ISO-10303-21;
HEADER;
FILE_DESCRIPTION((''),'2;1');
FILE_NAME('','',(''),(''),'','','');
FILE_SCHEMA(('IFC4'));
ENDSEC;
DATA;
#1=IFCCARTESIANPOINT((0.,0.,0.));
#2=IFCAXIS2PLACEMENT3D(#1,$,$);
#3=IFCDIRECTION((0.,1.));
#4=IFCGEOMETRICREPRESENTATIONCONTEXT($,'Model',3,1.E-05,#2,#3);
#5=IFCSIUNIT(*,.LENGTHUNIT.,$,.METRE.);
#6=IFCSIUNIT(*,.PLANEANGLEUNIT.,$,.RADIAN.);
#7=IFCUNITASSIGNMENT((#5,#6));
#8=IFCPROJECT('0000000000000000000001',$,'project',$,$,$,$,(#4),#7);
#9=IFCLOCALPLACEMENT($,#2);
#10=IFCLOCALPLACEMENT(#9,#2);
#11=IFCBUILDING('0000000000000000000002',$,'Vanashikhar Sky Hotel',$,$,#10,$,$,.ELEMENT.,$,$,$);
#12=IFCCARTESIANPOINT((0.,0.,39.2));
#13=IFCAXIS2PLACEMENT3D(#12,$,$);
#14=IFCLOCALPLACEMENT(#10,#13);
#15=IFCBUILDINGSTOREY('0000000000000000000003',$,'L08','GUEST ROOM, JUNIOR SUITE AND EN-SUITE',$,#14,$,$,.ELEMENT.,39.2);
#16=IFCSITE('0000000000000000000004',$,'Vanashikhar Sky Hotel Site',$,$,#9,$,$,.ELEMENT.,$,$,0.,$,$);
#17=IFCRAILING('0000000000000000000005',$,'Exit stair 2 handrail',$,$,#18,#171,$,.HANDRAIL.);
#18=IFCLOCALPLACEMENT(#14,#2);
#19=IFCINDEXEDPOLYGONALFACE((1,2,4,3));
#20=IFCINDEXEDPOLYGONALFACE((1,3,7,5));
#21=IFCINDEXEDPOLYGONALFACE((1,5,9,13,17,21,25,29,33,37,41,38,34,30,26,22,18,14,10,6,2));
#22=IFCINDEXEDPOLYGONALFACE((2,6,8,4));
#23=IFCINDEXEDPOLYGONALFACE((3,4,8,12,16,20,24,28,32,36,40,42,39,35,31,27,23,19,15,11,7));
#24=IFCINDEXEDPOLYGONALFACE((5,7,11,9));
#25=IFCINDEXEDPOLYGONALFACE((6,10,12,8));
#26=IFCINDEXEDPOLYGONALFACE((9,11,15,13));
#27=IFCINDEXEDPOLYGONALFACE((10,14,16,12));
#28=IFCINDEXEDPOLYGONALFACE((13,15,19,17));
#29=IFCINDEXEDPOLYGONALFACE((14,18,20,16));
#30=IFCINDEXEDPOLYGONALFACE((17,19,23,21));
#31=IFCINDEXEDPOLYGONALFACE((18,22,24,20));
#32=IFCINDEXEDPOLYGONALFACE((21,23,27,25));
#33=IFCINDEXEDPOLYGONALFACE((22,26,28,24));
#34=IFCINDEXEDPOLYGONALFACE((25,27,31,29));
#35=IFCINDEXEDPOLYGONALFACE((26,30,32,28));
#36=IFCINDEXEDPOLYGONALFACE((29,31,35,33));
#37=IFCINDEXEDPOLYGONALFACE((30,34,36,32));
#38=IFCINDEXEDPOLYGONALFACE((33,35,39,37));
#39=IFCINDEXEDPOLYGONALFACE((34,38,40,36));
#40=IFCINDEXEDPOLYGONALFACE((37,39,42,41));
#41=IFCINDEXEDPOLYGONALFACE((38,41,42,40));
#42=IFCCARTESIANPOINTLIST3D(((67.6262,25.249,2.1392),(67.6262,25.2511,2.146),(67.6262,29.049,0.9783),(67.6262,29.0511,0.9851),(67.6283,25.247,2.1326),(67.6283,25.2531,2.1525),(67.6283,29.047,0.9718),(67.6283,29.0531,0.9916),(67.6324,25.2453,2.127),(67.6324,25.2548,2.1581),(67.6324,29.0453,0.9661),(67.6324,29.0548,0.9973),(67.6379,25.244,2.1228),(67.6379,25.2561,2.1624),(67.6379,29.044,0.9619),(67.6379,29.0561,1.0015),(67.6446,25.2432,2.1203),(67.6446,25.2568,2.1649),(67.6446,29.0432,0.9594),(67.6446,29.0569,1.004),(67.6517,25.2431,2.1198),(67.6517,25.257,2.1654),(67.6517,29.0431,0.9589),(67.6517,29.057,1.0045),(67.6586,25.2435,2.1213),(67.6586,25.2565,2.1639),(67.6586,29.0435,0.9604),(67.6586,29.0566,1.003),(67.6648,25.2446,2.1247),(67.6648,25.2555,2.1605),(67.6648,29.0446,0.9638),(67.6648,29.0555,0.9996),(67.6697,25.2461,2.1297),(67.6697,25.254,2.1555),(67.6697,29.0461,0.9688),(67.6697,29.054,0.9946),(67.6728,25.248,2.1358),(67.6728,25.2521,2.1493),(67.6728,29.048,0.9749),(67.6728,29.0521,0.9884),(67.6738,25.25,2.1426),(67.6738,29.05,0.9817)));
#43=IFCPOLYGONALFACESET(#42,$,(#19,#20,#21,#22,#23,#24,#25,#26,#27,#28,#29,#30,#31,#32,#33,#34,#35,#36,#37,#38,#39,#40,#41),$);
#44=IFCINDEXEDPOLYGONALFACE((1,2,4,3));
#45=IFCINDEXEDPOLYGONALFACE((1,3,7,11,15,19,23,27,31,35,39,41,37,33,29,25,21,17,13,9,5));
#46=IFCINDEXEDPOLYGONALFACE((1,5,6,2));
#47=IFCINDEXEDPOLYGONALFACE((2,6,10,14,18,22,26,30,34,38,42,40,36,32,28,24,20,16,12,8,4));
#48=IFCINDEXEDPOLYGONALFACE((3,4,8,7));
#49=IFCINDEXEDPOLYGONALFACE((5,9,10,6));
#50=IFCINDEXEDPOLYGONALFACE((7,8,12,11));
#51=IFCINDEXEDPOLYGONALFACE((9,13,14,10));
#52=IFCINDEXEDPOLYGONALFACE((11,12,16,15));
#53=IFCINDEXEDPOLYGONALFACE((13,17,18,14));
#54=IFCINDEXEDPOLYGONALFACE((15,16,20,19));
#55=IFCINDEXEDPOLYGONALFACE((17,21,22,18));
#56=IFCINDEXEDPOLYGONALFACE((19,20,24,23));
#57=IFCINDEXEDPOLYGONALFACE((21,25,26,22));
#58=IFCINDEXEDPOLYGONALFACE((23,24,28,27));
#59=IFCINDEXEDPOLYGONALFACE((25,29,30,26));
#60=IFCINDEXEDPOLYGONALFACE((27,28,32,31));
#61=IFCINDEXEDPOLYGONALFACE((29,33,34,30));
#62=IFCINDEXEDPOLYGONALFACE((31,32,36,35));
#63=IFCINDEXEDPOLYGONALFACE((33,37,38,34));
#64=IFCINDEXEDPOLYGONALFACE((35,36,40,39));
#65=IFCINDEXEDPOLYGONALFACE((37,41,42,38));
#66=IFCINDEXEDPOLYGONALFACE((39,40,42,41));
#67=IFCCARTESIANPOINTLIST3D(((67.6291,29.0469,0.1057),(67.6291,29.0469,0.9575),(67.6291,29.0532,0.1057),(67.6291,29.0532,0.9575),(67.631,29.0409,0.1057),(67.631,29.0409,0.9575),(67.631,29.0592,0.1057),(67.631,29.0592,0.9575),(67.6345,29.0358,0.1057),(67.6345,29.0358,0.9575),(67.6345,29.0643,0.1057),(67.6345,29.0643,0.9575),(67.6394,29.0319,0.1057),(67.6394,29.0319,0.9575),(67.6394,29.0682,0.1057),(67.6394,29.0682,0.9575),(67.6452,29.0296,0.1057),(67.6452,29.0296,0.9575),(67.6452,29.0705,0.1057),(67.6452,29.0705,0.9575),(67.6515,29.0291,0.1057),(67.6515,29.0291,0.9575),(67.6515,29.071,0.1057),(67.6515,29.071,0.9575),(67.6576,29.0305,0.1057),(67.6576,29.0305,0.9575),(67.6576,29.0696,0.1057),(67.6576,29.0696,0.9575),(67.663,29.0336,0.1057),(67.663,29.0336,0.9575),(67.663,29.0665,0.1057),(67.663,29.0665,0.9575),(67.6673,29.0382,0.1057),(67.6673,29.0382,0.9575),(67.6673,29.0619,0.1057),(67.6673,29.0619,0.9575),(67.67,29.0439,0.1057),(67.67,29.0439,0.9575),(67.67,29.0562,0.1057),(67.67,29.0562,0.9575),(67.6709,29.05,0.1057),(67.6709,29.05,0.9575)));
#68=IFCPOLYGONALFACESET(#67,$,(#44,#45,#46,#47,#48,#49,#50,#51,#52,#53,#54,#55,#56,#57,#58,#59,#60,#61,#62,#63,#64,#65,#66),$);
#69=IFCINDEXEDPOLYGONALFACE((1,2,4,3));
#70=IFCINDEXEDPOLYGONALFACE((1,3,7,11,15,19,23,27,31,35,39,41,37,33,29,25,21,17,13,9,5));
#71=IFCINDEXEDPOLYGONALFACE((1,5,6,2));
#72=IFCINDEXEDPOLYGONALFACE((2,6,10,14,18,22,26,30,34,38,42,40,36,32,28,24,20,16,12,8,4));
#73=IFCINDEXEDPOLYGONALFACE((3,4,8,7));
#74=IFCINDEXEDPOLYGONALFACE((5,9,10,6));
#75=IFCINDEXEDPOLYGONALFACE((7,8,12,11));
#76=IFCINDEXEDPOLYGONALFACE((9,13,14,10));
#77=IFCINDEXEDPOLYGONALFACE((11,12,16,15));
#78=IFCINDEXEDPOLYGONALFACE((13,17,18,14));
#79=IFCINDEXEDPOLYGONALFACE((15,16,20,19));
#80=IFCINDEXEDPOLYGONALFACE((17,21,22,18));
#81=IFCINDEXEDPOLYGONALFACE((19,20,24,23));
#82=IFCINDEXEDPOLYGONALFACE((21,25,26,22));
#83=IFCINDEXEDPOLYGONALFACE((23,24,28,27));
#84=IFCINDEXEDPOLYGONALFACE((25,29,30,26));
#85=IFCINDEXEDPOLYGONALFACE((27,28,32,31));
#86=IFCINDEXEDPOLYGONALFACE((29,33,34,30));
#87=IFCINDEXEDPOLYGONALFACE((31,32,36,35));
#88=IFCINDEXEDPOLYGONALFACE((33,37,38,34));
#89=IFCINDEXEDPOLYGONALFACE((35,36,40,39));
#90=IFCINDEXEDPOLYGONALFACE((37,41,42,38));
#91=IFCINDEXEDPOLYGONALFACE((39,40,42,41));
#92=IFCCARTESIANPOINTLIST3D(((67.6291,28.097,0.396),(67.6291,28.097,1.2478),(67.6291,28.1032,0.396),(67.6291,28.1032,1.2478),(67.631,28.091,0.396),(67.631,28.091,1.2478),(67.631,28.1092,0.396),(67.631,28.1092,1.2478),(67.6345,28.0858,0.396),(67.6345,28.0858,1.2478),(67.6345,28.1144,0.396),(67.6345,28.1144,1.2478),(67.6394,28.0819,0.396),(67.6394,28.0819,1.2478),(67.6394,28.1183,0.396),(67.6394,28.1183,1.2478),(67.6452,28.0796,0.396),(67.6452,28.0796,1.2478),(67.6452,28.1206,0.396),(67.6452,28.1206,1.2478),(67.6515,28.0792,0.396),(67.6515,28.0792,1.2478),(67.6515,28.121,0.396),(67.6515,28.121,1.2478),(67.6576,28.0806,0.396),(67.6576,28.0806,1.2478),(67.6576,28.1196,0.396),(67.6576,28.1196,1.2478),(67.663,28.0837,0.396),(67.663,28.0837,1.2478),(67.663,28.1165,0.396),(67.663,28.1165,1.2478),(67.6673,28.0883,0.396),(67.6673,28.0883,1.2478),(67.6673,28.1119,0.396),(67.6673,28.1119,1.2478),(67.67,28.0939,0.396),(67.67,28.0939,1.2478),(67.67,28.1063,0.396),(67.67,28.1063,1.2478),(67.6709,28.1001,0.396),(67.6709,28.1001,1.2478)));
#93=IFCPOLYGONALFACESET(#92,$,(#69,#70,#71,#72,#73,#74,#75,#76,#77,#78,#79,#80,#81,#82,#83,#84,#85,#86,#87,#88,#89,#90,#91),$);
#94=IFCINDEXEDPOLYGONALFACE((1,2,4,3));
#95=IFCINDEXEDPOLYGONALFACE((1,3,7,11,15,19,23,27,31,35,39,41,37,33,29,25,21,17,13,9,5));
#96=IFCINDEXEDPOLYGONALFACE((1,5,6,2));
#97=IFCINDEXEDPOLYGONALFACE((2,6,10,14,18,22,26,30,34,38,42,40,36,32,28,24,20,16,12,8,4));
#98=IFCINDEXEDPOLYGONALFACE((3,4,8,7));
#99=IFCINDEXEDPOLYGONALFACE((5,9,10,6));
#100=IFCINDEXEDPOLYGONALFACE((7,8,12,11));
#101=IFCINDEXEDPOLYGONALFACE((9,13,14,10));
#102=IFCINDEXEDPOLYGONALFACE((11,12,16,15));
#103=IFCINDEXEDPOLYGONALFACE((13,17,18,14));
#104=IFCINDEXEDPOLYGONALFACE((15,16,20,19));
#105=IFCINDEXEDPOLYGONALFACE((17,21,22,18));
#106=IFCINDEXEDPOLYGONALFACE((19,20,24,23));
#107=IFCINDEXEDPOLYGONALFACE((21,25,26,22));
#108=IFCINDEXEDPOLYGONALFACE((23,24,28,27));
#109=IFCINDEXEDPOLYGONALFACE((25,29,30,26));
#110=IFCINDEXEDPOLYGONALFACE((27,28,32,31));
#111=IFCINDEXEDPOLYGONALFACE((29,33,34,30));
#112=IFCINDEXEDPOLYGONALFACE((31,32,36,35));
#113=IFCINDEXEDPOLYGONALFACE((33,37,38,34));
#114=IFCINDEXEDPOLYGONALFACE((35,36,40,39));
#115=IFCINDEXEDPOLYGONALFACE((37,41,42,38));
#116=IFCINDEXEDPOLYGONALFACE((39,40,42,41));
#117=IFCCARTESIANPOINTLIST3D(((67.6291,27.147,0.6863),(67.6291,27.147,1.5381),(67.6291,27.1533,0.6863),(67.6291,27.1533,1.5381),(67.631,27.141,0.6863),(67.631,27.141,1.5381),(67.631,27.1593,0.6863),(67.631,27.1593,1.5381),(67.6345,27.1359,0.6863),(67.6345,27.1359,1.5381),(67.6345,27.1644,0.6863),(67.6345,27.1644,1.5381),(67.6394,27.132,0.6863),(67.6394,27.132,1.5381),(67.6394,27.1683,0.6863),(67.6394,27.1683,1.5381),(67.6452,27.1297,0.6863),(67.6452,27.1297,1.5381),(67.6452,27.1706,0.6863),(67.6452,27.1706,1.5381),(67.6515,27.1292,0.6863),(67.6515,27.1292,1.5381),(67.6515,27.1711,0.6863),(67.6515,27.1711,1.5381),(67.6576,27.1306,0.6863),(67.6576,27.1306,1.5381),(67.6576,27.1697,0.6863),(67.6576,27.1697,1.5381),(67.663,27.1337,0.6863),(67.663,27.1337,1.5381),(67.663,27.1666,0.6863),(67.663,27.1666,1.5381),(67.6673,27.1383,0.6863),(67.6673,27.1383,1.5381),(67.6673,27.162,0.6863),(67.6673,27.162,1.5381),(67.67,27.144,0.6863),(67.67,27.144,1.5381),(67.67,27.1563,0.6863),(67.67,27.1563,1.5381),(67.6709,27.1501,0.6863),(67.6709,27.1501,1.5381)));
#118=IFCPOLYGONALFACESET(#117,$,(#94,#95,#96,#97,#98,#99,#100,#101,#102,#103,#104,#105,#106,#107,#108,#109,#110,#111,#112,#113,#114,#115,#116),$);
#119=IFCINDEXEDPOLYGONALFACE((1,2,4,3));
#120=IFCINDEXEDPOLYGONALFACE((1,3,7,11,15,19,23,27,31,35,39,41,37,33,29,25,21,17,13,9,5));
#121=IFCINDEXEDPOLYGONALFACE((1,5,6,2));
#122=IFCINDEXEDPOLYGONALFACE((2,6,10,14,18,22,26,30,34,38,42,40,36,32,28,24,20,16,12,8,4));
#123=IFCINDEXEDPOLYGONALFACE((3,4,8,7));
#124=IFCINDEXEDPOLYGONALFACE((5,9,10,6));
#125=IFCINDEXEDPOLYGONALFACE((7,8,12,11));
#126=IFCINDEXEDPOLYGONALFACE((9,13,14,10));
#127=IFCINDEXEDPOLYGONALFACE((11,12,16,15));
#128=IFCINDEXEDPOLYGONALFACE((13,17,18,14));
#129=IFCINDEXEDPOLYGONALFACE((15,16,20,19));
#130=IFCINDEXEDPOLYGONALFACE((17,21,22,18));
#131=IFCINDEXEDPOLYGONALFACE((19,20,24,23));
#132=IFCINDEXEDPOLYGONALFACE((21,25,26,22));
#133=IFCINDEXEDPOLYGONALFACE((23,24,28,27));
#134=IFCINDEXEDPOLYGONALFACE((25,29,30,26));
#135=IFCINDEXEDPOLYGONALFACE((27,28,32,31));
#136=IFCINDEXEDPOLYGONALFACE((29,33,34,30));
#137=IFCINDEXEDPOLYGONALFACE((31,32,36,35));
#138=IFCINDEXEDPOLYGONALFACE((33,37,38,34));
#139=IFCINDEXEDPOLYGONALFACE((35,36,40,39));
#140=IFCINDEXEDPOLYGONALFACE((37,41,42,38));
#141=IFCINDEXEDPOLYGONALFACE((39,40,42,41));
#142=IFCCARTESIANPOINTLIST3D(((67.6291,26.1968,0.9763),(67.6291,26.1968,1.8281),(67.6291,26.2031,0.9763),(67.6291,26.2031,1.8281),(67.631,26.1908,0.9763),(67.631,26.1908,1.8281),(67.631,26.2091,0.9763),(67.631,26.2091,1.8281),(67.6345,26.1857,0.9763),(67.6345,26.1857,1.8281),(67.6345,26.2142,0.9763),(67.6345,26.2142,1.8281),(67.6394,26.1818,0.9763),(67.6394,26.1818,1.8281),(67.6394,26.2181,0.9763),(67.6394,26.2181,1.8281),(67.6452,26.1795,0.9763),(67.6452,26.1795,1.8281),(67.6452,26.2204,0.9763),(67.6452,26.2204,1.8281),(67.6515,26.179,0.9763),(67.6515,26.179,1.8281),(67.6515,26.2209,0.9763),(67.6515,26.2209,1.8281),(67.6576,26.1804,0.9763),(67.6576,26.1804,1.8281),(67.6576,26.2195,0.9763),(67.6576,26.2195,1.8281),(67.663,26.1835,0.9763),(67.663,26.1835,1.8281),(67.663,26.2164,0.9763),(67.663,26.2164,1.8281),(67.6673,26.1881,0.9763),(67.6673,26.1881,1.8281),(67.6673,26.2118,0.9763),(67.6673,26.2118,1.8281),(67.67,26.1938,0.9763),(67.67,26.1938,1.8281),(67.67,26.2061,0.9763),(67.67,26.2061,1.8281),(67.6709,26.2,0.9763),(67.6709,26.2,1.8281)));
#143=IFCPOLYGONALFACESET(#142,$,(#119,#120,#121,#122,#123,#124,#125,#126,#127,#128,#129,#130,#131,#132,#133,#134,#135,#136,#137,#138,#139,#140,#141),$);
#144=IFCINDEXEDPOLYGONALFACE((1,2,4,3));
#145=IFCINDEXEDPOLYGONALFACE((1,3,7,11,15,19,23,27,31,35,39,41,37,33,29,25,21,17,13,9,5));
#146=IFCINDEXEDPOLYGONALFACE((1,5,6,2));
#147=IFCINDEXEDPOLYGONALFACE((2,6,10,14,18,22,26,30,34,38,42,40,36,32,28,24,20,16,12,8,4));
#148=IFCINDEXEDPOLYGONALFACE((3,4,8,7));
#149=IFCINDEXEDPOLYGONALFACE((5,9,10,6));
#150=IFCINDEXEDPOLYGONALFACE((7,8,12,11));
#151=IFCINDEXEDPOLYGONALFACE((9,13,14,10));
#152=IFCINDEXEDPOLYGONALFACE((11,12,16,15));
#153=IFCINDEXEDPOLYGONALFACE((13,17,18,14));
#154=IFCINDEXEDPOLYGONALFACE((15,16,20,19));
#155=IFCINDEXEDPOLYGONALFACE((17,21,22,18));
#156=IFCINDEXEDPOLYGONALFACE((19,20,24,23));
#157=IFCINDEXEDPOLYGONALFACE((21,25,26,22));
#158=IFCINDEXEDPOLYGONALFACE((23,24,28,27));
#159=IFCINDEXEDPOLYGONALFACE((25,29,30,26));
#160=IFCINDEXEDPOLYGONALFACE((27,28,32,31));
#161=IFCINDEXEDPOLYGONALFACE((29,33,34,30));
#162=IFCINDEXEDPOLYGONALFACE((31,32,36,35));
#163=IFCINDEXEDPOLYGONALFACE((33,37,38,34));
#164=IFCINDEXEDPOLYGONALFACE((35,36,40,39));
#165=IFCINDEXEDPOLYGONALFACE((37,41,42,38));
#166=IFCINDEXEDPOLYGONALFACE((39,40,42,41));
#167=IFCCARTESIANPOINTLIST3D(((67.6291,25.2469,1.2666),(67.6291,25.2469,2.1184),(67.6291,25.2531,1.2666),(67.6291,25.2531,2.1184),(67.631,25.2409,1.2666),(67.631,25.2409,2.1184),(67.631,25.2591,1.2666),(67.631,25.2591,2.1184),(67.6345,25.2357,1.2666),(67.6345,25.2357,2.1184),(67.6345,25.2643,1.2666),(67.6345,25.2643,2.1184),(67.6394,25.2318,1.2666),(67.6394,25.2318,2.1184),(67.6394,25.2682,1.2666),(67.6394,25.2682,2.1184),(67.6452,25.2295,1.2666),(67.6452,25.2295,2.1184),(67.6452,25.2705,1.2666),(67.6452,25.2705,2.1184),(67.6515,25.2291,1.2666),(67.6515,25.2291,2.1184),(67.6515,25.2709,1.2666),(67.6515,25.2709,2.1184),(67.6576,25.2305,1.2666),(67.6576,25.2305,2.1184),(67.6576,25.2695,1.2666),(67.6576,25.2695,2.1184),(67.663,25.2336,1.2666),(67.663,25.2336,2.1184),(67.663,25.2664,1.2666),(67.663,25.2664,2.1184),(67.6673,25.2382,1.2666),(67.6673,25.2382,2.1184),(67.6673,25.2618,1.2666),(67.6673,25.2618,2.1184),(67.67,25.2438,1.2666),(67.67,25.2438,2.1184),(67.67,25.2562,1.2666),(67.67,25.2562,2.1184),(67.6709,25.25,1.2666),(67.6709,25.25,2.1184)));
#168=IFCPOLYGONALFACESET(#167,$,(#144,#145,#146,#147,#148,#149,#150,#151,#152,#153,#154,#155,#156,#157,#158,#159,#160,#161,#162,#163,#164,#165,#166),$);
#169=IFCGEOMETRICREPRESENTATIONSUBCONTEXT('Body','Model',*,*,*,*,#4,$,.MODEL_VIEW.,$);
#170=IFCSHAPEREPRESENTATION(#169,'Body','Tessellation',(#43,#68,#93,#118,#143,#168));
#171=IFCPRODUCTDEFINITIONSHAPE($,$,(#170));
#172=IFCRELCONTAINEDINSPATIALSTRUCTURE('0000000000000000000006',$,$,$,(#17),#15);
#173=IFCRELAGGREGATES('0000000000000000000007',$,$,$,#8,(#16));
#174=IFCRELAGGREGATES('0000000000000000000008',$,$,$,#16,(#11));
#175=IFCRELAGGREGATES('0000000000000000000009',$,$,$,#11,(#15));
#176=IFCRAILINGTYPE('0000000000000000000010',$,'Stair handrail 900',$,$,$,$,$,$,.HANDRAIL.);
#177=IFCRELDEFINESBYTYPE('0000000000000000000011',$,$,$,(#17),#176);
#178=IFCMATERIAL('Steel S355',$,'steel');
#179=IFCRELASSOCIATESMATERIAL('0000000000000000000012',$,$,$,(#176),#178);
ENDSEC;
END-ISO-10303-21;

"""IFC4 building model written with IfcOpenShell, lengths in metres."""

from ifc_helpers import new_model, si_unit, direction, frame, origin, origin_2d, place, context, subcontext, project, spatial, circle, extrude, source, transform, mapped, material, type_object, element, save


model = new_model("IFC4")

# Units and contexts
model_context = context("Model", 3, precision=1e-05, world=origin(), true_north=direction((0.0, 1.0)))
body_context = subcontext(model_context, "Body", "Model", "MODEL_VIEW")
ifc_project = project(units=[si_unit("LENGTHUNIT", "METRE"), si_unit("PLANEANGLEUNIT", "RADIAN")], contexts=[model_context])

# Site, building, storey
site_placement = place(None, origin())
site = spatial("IfcSite", under=ifc_project, at=site_placement, Name="Vanashikhar Sky Hotel Site", CompositionType="ELEMENT", RefElevation=0.0)
building_placement = place(site_placement, origin())
building = spatial("IfcBuilding", under=site, at=building_placement, Name="Vanashikhar Sky Hotel", CompositionType="ELEMENT")
storey_placement = place(building_placement, frame((0.0, 0.0, 39.2)))
storey = spatial("IfcBuildingStorey", under=building, at=storey_placement, Name="L08", Description="GUEST ROOM, JUNIOR SUITE AND EN-SUITE", CompositionType="ELEMENT", Elevation=39.2)

# Railing
ifc_material_1 = material(Name="Steel S355", Category="steel")
railing_type_1 = type_object("IfcRailingType", Name="Stair handrail 900", PredefinedType="HANDRAIL", material=ifc_material_1)
shared_shape_1 = source(origin(), body_context, "Body", "SweptSolid", [
    extrude(circle(Radius=0.0239, at=origin_2d()), frame((0.0, 0.0, 0.876), z_axis=(0.0, -0.956368, 0.292164), x_axis=(1.0, 0.0, 0.0)), (0.0, 0.0, 1.0), 3.9734),
    extrude(circle(Radius=0.021, at=origin_2d()), origin(), (0.0, 0.0, 1.0), 0.8518),
    extrude(circle(Radius=0.021, at=origin_2d()), frame((0.0, -0.95, 0.2903)), (0.0, 0.0, 1.0), 0.8518),
    extrude(circle(Radius=0.021, at=origin_2d()), frame((0.0, -1.8999, 0.5806)), (0.0, 0.0, 1.0), 0.8518),
    extrude(circle(Radius=0.021, at=origin_2d()), frame((0.0, -2.8501, 0.8706)), (0.0, 0.0, 1.0), 0.8518),
    extrude(circle(Radius=0.021, at=origin_2d()), frame((0.0, -3.8, 1.1609)), (0.0, 0.0, 1.0), 0.8518),
])
railing_1_placement = place(storey_placement, frame((67.6499, 29.05, 0.1057)))
element("IfcRailing", 1, at=railing_1_placement, inside=storey, type_object=railing_type_1, Name="Exit stair 2 handrail", PredefinedType="HANDRAIL", context=body_context, shape_type="MappedRepresentation", body=[
    mapped(shared_shape_1, transform((0.0, 0.0, 0.0), scale=1.0)),
])

save(model, "model.ifc")
